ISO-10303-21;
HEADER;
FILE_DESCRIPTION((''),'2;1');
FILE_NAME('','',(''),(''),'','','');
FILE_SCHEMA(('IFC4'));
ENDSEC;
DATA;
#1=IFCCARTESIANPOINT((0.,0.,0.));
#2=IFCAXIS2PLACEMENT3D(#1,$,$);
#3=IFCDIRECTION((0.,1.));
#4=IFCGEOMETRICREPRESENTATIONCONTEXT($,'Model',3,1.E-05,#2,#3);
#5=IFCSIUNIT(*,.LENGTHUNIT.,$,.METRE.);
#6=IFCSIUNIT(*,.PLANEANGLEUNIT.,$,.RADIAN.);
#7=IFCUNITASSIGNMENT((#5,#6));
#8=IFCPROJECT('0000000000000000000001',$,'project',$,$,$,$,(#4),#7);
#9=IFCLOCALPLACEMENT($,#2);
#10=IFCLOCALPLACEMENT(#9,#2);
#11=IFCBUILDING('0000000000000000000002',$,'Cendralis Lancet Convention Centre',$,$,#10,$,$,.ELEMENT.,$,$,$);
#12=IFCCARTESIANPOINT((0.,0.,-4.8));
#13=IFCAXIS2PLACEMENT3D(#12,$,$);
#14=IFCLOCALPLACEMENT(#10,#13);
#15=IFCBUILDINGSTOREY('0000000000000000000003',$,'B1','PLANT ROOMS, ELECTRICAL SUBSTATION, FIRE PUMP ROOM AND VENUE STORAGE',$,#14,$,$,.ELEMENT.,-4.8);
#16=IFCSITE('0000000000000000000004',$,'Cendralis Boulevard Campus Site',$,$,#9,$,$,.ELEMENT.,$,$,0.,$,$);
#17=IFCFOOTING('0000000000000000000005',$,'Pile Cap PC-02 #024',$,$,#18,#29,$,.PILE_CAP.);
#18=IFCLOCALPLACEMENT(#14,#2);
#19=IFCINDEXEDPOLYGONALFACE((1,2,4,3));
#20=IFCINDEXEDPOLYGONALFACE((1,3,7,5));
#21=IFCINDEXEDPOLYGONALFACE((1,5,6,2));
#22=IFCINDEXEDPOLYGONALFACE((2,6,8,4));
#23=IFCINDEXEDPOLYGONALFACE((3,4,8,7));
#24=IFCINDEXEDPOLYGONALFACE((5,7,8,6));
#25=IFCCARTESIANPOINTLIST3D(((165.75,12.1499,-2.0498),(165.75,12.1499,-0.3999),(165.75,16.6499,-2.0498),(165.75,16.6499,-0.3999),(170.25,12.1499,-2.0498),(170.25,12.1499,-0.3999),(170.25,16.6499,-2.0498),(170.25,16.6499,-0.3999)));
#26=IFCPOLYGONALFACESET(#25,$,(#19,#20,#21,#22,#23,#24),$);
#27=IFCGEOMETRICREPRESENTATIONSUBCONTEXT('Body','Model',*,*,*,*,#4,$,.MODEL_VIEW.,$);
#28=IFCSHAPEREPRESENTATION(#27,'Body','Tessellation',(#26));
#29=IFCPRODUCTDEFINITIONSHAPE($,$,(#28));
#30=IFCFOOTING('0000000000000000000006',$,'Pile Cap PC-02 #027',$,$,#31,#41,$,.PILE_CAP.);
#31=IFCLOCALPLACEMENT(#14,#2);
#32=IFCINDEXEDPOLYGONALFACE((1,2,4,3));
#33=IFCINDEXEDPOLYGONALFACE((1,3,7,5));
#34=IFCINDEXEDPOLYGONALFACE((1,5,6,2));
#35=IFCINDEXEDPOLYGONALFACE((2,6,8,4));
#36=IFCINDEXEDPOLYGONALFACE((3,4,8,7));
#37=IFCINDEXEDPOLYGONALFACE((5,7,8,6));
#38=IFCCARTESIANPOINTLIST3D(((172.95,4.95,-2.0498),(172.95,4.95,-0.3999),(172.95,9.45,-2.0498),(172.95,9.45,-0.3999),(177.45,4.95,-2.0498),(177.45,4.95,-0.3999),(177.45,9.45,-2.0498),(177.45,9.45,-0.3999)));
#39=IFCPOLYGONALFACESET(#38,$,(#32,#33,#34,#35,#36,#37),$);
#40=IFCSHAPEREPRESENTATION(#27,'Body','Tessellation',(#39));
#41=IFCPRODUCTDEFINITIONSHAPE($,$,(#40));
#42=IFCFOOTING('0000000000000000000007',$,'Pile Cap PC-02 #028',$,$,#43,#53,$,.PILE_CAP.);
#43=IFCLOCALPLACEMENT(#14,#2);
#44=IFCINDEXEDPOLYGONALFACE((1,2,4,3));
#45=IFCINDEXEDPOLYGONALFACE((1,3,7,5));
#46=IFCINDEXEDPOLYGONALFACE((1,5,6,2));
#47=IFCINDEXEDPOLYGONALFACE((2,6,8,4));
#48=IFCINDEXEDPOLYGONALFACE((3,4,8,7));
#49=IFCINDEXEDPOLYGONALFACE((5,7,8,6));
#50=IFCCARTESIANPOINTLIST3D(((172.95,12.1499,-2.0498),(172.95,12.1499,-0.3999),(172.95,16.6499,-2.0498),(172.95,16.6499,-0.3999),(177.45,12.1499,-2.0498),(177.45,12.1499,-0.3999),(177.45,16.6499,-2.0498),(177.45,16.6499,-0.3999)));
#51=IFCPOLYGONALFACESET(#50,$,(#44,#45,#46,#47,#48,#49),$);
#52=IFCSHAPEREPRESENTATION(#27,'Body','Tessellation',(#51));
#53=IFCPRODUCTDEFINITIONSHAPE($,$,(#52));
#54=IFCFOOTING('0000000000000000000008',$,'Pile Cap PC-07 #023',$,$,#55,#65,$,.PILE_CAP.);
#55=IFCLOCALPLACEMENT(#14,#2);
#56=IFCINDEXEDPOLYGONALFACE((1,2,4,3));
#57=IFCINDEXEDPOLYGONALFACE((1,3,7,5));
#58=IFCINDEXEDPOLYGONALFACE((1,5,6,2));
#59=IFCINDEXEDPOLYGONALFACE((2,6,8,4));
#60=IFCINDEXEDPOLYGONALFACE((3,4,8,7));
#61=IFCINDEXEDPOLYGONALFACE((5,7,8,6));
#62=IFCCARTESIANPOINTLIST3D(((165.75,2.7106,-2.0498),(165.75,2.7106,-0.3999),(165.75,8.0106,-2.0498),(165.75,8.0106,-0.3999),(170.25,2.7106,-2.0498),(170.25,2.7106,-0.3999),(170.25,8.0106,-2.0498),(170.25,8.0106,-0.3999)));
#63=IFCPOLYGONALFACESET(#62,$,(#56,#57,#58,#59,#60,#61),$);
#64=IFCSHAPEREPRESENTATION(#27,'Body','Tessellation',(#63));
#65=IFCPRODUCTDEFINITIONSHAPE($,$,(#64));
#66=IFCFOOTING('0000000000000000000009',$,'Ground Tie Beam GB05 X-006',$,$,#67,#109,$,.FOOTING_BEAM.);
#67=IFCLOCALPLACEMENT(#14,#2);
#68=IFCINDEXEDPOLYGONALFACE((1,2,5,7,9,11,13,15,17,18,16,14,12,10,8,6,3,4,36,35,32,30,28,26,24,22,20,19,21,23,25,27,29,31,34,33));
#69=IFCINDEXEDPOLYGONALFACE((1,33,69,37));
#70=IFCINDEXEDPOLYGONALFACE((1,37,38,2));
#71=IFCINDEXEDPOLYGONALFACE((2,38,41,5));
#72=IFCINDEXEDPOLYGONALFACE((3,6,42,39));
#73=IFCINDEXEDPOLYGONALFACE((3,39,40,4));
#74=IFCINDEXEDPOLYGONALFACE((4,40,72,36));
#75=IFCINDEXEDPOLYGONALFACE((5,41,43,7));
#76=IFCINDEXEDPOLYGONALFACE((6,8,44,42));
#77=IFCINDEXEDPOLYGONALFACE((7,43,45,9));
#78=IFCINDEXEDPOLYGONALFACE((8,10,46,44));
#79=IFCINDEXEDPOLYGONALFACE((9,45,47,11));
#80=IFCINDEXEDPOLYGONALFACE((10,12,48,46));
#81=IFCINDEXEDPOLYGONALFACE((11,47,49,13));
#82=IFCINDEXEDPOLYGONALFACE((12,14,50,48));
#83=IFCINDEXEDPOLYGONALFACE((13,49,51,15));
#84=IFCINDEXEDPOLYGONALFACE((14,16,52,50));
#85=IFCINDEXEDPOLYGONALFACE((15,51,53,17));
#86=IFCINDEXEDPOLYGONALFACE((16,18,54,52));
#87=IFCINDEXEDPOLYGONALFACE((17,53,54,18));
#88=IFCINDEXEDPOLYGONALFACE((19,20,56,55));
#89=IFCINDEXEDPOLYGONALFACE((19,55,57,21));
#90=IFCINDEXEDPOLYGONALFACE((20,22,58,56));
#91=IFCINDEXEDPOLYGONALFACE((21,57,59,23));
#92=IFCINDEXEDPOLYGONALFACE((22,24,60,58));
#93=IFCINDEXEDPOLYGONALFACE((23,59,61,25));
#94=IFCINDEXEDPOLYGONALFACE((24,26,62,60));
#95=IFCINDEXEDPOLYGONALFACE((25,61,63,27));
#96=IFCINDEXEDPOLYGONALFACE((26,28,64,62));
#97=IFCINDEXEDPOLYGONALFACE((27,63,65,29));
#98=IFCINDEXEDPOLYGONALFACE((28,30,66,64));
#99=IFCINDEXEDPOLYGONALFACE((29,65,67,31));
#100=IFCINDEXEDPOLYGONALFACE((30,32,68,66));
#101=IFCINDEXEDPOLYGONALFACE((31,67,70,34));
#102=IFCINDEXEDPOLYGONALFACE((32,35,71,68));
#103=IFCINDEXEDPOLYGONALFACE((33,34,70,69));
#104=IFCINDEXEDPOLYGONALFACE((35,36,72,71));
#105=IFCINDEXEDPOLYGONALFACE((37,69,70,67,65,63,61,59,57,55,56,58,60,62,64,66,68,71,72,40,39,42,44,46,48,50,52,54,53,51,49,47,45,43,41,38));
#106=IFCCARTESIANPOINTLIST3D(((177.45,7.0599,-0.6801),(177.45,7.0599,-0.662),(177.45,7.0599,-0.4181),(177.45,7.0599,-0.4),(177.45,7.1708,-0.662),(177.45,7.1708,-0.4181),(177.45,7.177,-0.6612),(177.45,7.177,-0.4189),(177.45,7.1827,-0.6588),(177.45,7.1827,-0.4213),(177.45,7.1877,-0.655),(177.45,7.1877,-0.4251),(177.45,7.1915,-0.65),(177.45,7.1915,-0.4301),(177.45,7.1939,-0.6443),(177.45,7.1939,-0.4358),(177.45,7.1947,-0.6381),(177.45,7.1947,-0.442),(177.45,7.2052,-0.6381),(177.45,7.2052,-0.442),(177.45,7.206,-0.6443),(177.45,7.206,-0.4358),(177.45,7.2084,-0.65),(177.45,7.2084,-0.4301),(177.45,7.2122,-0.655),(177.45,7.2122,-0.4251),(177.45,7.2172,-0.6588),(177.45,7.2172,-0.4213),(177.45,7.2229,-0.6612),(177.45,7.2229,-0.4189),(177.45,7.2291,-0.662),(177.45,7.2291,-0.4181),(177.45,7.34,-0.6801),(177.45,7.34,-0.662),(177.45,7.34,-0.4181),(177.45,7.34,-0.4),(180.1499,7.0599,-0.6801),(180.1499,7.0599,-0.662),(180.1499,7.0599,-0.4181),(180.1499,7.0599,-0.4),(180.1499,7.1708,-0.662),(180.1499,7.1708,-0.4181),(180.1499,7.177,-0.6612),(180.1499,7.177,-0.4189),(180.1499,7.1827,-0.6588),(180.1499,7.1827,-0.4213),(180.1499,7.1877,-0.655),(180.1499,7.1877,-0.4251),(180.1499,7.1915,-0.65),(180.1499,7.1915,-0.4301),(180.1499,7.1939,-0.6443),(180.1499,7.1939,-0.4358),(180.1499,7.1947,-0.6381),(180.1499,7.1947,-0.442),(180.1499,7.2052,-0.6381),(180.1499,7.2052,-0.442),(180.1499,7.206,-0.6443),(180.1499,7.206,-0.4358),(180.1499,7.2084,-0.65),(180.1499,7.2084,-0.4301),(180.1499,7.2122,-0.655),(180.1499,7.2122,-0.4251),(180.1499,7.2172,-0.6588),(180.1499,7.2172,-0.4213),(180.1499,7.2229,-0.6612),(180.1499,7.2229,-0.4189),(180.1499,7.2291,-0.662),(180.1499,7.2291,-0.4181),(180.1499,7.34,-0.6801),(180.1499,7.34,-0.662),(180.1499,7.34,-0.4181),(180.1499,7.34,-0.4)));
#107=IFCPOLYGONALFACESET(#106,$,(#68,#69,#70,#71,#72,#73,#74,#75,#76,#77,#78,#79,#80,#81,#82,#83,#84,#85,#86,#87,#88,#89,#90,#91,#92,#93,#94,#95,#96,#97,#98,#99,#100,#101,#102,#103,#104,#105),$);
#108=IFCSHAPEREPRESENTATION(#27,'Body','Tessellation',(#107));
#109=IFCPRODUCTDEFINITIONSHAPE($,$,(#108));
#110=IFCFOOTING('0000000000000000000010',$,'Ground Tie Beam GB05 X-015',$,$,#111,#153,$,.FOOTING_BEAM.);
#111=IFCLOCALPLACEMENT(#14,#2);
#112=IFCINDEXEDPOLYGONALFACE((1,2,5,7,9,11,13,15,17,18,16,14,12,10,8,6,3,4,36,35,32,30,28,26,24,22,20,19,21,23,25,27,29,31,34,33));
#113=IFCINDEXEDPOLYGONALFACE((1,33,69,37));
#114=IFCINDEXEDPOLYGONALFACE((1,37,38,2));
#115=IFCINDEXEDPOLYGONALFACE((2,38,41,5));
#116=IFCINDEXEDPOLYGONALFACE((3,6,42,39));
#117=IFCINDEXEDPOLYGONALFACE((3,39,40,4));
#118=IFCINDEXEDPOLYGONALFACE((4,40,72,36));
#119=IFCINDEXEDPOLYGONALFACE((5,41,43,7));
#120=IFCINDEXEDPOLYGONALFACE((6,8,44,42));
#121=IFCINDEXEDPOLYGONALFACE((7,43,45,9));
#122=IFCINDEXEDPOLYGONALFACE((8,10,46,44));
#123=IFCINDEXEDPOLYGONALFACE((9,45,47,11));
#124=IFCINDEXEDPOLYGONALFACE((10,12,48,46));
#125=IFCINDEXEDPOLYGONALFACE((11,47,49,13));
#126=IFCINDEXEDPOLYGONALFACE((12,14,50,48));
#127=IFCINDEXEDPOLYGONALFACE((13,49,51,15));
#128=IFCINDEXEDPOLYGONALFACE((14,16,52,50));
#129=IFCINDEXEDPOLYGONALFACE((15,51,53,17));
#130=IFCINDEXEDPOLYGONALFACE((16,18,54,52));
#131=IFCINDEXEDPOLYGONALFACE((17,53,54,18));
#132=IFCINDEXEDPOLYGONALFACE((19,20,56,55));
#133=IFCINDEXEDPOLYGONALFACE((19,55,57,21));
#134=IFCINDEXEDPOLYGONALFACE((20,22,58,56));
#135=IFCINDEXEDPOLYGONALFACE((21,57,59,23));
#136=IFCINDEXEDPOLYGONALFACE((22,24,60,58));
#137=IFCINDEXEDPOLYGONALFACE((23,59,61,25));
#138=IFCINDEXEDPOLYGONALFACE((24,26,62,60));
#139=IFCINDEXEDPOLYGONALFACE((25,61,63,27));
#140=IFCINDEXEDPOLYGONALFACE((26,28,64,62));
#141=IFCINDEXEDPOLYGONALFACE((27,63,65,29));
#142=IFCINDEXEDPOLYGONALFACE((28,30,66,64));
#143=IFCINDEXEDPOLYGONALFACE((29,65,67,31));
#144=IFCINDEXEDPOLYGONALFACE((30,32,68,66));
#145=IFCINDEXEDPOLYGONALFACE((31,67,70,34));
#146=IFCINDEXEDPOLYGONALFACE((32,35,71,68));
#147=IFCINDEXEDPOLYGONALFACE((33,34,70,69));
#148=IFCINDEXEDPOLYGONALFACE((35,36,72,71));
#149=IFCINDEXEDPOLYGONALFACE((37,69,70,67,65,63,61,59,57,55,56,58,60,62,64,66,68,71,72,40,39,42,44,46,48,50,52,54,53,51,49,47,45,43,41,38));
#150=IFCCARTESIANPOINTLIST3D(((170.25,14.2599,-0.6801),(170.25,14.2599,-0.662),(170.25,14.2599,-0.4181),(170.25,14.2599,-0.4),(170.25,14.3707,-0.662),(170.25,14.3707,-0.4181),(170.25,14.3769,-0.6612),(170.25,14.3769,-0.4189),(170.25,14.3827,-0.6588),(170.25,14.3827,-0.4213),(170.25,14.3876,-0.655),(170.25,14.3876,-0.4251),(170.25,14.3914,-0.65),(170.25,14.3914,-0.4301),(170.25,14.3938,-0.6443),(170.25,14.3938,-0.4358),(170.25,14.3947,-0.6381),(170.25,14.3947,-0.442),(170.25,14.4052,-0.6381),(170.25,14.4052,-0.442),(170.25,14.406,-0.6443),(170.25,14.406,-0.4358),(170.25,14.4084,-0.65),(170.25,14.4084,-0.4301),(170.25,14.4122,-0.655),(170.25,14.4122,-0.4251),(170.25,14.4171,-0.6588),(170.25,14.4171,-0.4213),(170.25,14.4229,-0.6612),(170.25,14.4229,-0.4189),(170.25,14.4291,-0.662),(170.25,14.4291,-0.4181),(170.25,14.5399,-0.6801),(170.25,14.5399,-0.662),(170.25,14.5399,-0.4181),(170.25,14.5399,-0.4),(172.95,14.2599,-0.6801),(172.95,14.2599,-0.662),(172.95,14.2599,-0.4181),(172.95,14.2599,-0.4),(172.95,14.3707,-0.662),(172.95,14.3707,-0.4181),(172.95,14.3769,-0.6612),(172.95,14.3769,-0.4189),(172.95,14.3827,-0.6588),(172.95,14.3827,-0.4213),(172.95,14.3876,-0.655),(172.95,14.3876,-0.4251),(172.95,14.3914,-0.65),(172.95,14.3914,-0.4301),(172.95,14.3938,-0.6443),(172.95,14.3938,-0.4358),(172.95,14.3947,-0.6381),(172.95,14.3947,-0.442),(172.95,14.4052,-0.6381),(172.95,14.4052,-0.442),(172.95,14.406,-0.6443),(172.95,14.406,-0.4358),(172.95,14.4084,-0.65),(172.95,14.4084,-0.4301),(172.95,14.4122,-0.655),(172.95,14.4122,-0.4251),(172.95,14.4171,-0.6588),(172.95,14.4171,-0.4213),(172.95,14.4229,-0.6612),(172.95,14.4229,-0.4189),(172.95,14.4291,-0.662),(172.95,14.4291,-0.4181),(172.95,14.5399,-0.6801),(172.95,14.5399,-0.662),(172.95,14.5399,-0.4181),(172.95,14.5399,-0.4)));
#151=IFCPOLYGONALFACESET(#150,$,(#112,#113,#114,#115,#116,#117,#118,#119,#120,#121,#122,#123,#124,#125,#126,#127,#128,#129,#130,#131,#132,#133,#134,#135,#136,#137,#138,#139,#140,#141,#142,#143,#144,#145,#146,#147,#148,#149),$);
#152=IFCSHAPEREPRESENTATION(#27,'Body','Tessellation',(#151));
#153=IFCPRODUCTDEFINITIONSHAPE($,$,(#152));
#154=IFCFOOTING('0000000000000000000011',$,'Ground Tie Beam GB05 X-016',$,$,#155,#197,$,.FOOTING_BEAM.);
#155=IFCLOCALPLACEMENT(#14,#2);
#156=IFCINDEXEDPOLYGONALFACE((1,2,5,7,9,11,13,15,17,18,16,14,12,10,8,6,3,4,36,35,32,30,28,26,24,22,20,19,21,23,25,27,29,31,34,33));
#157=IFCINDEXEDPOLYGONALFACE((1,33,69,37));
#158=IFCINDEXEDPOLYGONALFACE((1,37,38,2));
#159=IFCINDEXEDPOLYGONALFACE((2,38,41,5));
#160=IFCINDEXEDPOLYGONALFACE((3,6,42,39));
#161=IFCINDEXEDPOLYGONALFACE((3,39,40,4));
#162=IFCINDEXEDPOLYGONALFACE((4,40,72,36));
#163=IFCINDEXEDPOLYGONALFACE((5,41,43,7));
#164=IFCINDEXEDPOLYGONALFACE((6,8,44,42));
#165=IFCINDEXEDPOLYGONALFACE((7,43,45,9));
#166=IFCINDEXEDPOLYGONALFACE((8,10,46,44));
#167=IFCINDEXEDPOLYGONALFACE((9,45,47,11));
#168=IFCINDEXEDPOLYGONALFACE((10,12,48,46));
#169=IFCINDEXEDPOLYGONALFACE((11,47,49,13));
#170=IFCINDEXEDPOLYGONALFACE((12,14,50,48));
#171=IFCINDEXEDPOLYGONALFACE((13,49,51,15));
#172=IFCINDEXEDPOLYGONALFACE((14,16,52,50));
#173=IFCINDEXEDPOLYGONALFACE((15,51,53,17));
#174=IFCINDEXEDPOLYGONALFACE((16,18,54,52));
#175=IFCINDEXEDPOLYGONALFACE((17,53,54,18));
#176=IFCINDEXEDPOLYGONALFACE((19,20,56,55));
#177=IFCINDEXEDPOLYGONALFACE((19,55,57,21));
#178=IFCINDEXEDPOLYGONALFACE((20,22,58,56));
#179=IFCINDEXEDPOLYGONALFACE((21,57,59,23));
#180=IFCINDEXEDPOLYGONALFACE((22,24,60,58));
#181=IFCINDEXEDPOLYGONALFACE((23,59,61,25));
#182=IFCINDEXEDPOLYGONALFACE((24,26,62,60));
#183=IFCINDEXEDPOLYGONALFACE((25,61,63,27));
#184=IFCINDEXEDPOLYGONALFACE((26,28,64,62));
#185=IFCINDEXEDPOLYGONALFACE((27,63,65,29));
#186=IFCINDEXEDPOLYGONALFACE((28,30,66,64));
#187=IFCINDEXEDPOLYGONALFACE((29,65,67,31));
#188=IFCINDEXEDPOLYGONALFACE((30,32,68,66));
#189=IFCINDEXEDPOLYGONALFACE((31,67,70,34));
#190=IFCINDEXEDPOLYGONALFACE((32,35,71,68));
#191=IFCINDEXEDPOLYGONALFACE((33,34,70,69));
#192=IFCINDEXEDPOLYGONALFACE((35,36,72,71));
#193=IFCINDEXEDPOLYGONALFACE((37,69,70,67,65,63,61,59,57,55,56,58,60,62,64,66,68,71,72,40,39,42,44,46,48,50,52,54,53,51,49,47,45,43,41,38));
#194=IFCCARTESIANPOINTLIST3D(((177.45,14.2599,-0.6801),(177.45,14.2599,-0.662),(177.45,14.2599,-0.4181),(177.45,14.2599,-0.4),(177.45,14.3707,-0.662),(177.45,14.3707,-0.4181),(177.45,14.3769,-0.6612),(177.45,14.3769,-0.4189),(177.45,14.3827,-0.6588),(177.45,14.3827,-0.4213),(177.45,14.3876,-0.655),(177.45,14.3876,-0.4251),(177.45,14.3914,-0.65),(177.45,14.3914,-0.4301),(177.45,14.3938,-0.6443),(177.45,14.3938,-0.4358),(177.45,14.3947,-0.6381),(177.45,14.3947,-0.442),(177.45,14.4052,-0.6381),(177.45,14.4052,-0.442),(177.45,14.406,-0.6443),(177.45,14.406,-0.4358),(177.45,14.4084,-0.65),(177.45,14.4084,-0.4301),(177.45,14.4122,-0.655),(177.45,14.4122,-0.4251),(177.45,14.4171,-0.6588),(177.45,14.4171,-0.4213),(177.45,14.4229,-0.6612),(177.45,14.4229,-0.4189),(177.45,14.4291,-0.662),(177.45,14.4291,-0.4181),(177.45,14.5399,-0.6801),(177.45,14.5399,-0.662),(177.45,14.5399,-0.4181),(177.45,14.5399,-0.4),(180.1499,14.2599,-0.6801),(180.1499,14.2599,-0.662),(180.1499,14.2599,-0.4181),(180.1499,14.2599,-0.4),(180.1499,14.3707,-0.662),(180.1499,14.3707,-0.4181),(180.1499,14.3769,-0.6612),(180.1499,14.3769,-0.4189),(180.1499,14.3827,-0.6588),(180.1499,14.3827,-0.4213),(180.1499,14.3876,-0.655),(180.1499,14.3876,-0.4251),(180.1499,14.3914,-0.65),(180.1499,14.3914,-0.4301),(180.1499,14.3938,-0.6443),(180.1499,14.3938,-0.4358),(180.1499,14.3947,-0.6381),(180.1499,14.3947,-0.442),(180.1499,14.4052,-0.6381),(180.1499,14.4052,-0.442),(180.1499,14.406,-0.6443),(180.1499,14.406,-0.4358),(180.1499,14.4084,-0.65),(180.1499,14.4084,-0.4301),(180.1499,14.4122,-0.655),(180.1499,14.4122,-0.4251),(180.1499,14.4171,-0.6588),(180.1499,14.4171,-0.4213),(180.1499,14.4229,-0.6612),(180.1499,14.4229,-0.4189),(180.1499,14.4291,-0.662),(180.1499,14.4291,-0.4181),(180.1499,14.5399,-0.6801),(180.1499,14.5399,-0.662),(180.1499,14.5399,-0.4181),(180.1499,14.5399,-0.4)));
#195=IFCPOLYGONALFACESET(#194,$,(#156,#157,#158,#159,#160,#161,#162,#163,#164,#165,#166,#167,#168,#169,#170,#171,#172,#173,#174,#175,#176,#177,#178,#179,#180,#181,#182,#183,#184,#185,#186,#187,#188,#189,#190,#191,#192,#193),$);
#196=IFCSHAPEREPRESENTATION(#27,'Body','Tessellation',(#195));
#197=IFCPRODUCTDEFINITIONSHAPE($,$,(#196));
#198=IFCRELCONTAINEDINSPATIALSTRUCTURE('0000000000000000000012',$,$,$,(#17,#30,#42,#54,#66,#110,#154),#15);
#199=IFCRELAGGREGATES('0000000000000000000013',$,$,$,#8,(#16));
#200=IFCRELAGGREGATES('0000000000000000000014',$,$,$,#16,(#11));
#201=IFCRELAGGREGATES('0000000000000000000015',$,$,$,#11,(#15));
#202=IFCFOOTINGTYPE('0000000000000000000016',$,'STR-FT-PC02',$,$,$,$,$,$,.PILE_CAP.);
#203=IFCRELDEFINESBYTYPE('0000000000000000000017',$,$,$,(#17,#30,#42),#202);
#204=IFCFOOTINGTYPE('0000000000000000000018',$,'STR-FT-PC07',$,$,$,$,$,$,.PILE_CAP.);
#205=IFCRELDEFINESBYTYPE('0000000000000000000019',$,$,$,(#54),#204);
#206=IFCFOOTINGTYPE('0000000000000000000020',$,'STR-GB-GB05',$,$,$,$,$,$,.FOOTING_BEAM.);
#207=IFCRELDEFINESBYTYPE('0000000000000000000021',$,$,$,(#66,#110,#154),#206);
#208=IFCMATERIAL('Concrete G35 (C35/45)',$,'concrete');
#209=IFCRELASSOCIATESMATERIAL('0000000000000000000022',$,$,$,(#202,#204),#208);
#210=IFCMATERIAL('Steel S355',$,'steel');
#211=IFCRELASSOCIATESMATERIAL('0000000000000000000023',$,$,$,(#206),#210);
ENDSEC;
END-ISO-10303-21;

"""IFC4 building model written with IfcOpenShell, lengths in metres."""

from ifc_helpers import new_model, si_unit, direction, frame, origin, origin_2d, place, context, subcontext, project, spatial, rectangle, i_section, extrude, material, material_profile, profile_set, type_object, element, save


model = new_model("IFC4")

# Units and contexts
model_context = context("Model", 3, precision=1e-05, world=origin(), true_north=direction((0.0, 1.0)))
body_context = subcontext(model_context, "Body", "Model", "MODEL_VIEW")
ifc_project = project(units=[si_unit("LENGTHUNIT", "METRE"), si_unit("PLANEANGLEUNIT", "RADIAN")], contexts=[model_context])

# Site, building, storey
site_placement = place(None, origin())
site = spatial("IfcSite", under=ifc_project, at=site_placement, Name="Cendralis Boulevard Campus Site", CompositionType="ELEMENT", RefElevation=0.0)
building_placement = place(site_placement, origin())
building = spatial("IfcBuilding", under=site, at=building_placement, Name="Cendralis Lancet Convention Centre", CompositionType="ELEMENT")
storey_placement = place(building_placement, frame((0.0, 0.0, -4.8)))
storey = spatial("IfcBuildingStorey", under=building, at=storey_placement, Name="B1", Description="PLANT ROOMS, ELECTRICAL SUBSTATION, FIRE PUMP ROOM AND VENUE STORAGE", CompositionType="ELEMENT", Elevation=-4.8)

# Footings
ifc_material_1 = material(Name="Concrete G35 (C35/45)", Category="concrete")
footing_type_1 = type_object("IfcFootingType", Name="STR-FT-PC02", PredefinedType="PILE_CAP", material=ifc_material_1)
for number, where, z_axis, x_axis, name in (
    (1, (168.0, 14.3999, -2.0498), (0.0, 0.0, 1.0), (1.0, 0.0, 0.0), "Pile Cap PC-02 #024"),
    (2, (175.2, 7.2, -2.0498), (0.0, 0.0, 1.0), (1.0, 0.0, 0.0), "Pile Cap PC-02 #027"),
    (3, (175.2, 14.3999, -2.0498), (0.0, 0.0, 1.0), (1.0, 0.0, 0.0), "Pile Cap PC-02 #028"),
):
    element("IfcFooting", number, at=place(storey_placement, frame(where, z_axis=z_axis, x_axis=x_axis)), inside=storey, type_object=footing_type_1, Name=name, PredefinedType="PILE_CAP", context=body_context, shape_type="SweptSolid", body=[
        extrude(rectangle(XDim=4.5, YDim=4.5, at=origin_2d()), origin(), (0.0, 0.0, 1.0), 1.6499),
    ])
footing_type_2 = type_object("IfcFootingType", Name="STR-FT-PC07", PredefinedType="PILE_CAP", material=ifc_material_1)
footing_1_placement = place(storey_placement, frame((168.0, 5.3606, -2.0498), z_axis=(0.0, 0.0, 1.0), x_axis=(1.0, 0.0, 0.0)))
element("IfcFooting", 4, at=footing_1_placement, inside=storey, type_object=footing_type_2, Name="Pile Cap PC-07 #023", PredefinedType="PILE_CAP", context=body_context, shape_type="SweptSolid", body=[
    extrude(rectangle(XDim=4.5, YDim=5.3, at=origin_2d()), origin(), (0.0, 0.0, 1.0), 1.6499),
])
ifc_material_2 = material(Name="Steel S355", Category="steel")
ifc_material_profile_1 = material_profile(ifc_material_2, i_section(OverallWidth=0.28, OverallDepth=0.28, WebThickness=0.0105, FlangeThickness=0.0181, FilletRadius=0.0239, at=origin_2d()), Name="HEB 280")
ifc_profile_set_1 = profile_set([ifc_material_profile_1], Name="Steel S355")
footing_type_3 = type_object("IfcFootingType", Name="STR-GB-GB05", PredefinedType="FOOTING_BEAM", material=ifc_profile_set_1)
for number, where, z_axis, x_axis, name in (
    (5, (177.45, 7.2, -0.54), (1.0, 0.0, 0.0), (0.0, 1.0, 0.0), "Ground Tie Beam GB05 X-006"),
    (6, (170.25, 14.3999, -0.54), (1.0, 0.0, 0.0), (0.0, 1.0, 0.0), "Ground Tie Beam GB05 X-015"),
    (7, (177.45, 14.3999, -0.54), (1.0, 0.0, 0.0), (0.0, 1.0, 0.0), "Ground Tie Beam GB05 X-016"),
):
    element("IfcFooting", number, at=place(storey_placement, frame(where, z_axis=z_axis, x_axis=x_axis)), inside=storey, type_object=footing_type_3, Name=name, PredefinedType="FOOTING_BEAM", context=body_context, shape_type="SweptSolid", body=[
        extrude(i_section(OverallWidth=0.28, OverallDepth=0.28, WebThickness=0.0105, FlangeThickness=0.0181, FilletRadius=0.0239, at=origin_2d()), origin(), (0.0, 0.0, 1.0), 2.7),
    ])

save(model, "model.ifc")
